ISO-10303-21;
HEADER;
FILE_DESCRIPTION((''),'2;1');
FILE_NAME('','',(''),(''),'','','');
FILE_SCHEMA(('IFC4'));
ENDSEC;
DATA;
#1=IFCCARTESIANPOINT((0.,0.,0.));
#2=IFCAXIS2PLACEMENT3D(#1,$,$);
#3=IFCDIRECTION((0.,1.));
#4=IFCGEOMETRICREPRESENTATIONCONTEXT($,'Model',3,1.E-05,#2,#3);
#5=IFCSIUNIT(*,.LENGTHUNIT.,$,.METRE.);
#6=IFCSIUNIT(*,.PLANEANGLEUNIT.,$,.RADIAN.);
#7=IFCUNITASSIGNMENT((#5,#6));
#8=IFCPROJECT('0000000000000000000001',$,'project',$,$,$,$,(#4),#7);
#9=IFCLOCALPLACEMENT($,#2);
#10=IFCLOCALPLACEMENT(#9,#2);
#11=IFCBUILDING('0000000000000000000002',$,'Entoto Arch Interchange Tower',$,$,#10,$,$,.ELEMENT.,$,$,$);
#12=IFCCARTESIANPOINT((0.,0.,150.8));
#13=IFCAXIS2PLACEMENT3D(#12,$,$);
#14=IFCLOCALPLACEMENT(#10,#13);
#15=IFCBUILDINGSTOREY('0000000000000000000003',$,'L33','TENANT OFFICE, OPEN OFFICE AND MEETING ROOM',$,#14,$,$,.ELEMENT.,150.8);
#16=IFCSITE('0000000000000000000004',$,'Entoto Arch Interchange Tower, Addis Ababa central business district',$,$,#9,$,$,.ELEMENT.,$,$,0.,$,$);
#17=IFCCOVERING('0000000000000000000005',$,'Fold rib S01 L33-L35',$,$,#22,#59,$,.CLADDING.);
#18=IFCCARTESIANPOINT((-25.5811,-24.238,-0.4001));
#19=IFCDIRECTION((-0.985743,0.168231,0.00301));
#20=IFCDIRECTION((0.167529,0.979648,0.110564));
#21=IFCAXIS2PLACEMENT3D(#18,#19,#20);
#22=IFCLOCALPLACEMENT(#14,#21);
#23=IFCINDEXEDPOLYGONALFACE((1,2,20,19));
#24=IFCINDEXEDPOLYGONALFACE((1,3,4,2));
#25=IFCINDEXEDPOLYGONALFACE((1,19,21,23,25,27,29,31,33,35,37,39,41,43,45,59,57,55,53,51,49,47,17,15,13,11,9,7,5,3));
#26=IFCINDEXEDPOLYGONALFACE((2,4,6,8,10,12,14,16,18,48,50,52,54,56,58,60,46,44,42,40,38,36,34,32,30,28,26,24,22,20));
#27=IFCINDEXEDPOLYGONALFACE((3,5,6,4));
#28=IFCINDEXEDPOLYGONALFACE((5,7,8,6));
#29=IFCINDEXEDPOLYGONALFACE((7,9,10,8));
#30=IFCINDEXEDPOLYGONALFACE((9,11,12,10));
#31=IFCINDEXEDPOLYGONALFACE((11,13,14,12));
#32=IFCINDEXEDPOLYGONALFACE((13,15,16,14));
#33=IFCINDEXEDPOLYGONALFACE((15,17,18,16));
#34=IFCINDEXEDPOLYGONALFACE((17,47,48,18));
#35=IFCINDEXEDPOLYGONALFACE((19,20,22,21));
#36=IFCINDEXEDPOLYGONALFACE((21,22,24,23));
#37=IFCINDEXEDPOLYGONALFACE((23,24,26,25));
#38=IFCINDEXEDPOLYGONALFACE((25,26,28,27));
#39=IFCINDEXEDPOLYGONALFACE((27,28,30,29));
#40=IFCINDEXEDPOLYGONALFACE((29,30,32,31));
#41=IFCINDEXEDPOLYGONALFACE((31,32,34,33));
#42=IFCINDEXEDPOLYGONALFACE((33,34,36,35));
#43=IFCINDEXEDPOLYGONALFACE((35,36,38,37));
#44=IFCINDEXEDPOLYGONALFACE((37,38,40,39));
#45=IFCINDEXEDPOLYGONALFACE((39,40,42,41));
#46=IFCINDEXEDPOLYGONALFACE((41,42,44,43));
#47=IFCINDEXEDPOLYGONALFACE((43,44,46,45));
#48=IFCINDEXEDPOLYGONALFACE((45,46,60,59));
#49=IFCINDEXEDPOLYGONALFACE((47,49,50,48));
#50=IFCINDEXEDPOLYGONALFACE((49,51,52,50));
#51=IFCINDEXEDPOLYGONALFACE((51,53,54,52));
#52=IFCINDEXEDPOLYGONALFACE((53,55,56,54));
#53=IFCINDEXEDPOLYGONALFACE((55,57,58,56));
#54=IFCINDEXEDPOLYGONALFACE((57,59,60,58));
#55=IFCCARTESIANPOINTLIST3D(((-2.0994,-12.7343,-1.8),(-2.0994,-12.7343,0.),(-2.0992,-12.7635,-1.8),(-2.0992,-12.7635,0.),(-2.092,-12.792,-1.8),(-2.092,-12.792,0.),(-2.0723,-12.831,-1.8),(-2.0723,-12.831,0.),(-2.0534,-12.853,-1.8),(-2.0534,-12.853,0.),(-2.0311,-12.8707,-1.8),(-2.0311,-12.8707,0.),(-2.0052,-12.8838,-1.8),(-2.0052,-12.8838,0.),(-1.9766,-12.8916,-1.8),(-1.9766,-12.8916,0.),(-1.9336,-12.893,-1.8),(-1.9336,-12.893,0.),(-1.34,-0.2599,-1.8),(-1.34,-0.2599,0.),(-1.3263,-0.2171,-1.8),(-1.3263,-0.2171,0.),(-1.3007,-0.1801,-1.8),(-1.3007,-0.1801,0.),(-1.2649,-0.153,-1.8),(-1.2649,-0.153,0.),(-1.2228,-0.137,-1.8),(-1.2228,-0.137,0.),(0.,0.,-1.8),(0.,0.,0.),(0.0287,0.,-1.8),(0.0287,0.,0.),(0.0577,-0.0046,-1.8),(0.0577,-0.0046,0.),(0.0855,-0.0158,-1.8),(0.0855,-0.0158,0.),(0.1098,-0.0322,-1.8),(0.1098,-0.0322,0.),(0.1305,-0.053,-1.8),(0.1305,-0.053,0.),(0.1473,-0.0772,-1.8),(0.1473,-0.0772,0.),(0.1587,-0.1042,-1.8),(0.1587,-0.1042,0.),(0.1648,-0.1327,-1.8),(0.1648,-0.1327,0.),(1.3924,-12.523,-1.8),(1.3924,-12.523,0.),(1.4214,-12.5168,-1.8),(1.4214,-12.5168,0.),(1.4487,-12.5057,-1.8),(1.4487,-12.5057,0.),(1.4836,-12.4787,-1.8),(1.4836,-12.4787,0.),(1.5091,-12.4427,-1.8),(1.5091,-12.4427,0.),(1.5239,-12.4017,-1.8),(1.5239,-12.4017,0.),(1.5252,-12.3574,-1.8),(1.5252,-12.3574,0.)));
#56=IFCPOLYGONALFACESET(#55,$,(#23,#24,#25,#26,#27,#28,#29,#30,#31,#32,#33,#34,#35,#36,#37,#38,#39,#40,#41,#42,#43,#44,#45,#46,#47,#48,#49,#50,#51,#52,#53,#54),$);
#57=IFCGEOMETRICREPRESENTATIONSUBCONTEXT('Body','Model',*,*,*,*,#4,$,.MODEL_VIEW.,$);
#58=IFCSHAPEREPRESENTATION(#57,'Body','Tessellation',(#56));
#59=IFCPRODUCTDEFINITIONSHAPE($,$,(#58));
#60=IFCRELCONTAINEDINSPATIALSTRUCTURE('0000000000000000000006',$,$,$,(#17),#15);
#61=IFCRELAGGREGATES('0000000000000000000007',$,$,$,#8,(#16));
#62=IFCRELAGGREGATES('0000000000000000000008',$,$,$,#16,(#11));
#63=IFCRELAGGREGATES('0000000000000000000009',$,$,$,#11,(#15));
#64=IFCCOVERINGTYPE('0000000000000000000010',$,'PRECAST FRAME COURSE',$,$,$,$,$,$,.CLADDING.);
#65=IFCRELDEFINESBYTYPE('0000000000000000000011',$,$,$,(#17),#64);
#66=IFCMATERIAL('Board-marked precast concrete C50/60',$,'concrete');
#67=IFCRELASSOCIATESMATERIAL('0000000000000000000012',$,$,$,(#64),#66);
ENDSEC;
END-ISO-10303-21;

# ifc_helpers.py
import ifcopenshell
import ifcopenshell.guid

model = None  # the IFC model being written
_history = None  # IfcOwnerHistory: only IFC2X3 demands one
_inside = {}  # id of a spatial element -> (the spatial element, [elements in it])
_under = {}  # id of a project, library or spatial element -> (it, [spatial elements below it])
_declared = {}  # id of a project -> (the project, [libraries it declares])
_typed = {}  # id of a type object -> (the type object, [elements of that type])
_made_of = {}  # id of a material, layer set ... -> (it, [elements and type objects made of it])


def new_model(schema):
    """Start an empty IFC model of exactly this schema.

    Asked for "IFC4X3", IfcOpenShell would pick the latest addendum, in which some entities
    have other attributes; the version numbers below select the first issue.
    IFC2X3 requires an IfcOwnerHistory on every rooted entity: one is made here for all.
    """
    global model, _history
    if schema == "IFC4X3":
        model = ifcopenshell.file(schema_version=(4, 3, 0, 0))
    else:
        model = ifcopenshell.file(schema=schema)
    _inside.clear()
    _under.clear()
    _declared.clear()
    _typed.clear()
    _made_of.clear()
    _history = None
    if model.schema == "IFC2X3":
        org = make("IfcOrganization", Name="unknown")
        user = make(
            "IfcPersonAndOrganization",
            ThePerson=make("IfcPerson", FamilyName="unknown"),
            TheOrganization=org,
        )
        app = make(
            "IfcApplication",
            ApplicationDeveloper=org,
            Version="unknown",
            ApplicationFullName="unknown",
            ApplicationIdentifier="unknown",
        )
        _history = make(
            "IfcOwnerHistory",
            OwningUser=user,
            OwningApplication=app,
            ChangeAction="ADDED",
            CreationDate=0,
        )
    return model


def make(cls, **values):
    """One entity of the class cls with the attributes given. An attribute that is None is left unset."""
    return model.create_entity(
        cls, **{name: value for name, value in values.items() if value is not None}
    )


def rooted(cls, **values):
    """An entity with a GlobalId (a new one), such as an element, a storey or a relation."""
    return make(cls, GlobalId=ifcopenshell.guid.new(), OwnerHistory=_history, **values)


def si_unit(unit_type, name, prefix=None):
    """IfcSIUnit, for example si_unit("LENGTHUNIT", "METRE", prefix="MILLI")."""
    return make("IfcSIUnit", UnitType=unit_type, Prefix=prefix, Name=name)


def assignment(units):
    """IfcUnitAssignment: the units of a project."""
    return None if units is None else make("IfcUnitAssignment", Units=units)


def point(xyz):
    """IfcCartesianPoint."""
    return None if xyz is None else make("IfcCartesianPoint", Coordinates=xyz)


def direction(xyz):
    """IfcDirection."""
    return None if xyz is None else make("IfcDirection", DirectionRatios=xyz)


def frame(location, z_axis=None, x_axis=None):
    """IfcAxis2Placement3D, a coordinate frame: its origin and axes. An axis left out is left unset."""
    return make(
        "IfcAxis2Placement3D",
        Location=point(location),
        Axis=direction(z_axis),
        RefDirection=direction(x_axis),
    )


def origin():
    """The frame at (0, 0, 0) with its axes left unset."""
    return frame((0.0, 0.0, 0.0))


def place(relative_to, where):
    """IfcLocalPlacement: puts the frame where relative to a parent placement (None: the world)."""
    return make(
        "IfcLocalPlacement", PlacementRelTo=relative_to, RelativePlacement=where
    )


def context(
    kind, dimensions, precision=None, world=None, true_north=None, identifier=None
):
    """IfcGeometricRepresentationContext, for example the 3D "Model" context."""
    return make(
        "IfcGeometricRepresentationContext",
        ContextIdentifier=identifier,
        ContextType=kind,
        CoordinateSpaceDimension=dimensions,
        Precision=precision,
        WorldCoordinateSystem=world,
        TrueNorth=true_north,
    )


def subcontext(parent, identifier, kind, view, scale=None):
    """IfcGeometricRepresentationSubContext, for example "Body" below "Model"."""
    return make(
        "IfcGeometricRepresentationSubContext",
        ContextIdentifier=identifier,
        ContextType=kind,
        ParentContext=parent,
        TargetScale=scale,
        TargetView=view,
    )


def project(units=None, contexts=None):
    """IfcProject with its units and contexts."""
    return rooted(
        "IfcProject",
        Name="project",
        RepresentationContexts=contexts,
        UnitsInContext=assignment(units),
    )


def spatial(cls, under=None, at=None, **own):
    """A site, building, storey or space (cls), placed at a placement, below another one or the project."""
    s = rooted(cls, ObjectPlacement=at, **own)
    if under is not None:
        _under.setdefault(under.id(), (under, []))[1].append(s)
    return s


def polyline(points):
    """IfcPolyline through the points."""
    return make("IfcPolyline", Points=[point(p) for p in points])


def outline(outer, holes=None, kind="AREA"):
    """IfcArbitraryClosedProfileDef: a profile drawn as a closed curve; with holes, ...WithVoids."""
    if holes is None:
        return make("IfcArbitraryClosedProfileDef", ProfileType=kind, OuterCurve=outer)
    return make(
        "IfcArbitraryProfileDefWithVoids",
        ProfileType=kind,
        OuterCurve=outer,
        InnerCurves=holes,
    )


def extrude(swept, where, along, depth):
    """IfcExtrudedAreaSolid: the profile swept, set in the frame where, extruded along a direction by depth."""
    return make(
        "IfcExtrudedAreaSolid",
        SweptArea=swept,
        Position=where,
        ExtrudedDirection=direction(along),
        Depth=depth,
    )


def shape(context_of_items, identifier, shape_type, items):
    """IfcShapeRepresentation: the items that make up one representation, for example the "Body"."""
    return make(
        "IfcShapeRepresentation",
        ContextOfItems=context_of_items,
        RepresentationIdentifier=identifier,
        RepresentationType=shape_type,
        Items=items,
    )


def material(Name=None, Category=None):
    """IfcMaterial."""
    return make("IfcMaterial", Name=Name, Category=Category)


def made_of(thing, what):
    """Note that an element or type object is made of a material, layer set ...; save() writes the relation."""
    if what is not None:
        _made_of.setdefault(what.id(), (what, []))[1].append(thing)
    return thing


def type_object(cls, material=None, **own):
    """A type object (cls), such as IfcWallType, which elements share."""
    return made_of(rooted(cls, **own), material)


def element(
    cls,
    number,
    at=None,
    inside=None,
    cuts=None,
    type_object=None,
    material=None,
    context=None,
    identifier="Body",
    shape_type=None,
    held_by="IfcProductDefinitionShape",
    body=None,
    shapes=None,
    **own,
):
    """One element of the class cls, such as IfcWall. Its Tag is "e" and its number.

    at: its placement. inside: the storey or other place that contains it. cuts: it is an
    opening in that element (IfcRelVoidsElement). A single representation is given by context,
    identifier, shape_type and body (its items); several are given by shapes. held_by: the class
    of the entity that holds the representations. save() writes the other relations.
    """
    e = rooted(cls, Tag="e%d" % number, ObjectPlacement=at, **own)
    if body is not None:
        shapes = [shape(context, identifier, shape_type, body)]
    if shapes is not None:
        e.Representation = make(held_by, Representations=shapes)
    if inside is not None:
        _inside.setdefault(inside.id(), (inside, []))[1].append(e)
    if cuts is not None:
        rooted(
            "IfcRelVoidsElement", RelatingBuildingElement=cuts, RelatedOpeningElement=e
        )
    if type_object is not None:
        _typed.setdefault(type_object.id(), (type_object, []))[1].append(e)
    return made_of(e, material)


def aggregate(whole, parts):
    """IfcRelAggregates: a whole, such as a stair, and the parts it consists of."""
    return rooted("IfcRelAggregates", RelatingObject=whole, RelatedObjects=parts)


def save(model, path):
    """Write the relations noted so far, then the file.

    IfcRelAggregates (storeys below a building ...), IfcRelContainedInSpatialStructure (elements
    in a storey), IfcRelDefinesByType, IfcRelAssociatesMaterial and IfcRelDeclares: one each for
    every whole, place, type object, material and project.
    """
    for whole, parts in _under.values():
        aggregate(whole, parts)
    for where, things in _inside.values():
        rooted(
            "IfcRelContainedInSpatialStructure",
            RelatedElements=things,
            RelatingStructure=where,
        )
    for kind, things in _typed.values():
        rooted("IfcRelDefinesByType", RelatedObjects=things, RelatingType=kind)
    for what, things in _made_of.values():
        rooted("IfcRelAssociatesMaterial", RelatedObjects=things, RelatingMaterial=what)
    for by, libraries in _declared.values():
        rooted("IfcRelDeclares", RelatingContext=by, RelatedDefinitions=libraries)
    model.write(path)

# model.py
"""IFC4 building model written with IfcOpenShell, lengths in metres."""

from ifc_helpers import new_model, si_unit, direction, frame, origin, place, context, subcontext, project, spatial, polyline, outline, extrude, material, type_object, element, save


model = new_model("IFC4")

# Units and contexts
model_context = context("Model", 3, precision=1e-05, world=origin(), true_north=direction((0.0, 1.0)))
body_context = subcontext(model_context, "Body", "Model", "MODEL_VIEW")
ifc_project = project(units=[si_unit("LENGTHUNIT", "METRE"), si_unit("PLANEANGLEUNIT", "RADIAN")], contexts=[model_context])

# Site, building, storey
site_placement = place(None, origin())
site = spatial("IfcSite", under=ifc_project, at=site_placement, Name="Entoto Arch Interchange Tower, Addis Ababa central business district", CompositionType="ELEMENT", RefElevation=0.0)
building_placement = place(site_placement, origin())
building = spatial("IfcBuilding", under=site, at=building_placement, Name="Entoto Arch Interchange Tower", CompositionType="ELEMENT")
storey_placement = place(building_placement, frame((0.0, 0.0, 150.8)))
storey = spatial("IfcBuildingStorey", under=building, at=storey_placement, Name="L33", Description="TENANT OFFICE, OPEN OFFICE AND MEETING ROOM", CompositionType="ELEMENT", Elevation=150.8)

# Covering
ifc_material_1 = material(Name="Board-marked precast concrete C50/60", Category="concrete")
covering_type = type_object("IfcCoveringType", Name="PRECAST FRAME COURSE", PredefinedType="CLADDING", material=ifc_material_1)
covering_1_placement = place(storey_placement, frame((-25.5811, -24.238, -0.4001), z_axis=(-0.985743, 0.168231, 0.00301), x_axis=(0.167529, 0.979648, 0.110564)))
element("IfcCovering", 1, at=covering_1_placement, inside=storey, type_object=covering_type, Name="Fold rib S01 L33-L35", PredefinedType="CLADDING", context=body_context, shape_type="SweptSolid", body=[
    extrude(outline(polyline([(0.0, 0.0), (0.0287, 0.0), (0.0577, -0.0046), (0.0855, -0.0158), (0.1098, -0.0322), (0.1305, -0.053), (0.1473, -0.0772), (0.1587, -0.1042), (0.1648, -0.1327), (1.5252, -12.3574), (1.5239, -12.4017), (1.5091, -12.4427), (1.4836, -12.4787), (1.4487, -12.5057), (1.4214, -12.5168), (1.3924, -12.523), (-1.9336, -12.893), (-1.9766, -12.8916), (-2.0052, -12.8838), (-2.0311, -12.8707), (-2.0534, -12.853), (-2.0723, -12.831), (-2.092, -12.792), (-2.0992, -12.7635), (-2.0994, -12.7343), (-1.34, -0.2599), (-1.3263, -0.2171), (-1.3007, -0.1801), (-1.2649, -0.153), (-1.2228, -0.137), (0.0, 0.0)])), origin(), (0.0, 0.0, -1.0), 1.8),
])

save(model, "model.ifc")
